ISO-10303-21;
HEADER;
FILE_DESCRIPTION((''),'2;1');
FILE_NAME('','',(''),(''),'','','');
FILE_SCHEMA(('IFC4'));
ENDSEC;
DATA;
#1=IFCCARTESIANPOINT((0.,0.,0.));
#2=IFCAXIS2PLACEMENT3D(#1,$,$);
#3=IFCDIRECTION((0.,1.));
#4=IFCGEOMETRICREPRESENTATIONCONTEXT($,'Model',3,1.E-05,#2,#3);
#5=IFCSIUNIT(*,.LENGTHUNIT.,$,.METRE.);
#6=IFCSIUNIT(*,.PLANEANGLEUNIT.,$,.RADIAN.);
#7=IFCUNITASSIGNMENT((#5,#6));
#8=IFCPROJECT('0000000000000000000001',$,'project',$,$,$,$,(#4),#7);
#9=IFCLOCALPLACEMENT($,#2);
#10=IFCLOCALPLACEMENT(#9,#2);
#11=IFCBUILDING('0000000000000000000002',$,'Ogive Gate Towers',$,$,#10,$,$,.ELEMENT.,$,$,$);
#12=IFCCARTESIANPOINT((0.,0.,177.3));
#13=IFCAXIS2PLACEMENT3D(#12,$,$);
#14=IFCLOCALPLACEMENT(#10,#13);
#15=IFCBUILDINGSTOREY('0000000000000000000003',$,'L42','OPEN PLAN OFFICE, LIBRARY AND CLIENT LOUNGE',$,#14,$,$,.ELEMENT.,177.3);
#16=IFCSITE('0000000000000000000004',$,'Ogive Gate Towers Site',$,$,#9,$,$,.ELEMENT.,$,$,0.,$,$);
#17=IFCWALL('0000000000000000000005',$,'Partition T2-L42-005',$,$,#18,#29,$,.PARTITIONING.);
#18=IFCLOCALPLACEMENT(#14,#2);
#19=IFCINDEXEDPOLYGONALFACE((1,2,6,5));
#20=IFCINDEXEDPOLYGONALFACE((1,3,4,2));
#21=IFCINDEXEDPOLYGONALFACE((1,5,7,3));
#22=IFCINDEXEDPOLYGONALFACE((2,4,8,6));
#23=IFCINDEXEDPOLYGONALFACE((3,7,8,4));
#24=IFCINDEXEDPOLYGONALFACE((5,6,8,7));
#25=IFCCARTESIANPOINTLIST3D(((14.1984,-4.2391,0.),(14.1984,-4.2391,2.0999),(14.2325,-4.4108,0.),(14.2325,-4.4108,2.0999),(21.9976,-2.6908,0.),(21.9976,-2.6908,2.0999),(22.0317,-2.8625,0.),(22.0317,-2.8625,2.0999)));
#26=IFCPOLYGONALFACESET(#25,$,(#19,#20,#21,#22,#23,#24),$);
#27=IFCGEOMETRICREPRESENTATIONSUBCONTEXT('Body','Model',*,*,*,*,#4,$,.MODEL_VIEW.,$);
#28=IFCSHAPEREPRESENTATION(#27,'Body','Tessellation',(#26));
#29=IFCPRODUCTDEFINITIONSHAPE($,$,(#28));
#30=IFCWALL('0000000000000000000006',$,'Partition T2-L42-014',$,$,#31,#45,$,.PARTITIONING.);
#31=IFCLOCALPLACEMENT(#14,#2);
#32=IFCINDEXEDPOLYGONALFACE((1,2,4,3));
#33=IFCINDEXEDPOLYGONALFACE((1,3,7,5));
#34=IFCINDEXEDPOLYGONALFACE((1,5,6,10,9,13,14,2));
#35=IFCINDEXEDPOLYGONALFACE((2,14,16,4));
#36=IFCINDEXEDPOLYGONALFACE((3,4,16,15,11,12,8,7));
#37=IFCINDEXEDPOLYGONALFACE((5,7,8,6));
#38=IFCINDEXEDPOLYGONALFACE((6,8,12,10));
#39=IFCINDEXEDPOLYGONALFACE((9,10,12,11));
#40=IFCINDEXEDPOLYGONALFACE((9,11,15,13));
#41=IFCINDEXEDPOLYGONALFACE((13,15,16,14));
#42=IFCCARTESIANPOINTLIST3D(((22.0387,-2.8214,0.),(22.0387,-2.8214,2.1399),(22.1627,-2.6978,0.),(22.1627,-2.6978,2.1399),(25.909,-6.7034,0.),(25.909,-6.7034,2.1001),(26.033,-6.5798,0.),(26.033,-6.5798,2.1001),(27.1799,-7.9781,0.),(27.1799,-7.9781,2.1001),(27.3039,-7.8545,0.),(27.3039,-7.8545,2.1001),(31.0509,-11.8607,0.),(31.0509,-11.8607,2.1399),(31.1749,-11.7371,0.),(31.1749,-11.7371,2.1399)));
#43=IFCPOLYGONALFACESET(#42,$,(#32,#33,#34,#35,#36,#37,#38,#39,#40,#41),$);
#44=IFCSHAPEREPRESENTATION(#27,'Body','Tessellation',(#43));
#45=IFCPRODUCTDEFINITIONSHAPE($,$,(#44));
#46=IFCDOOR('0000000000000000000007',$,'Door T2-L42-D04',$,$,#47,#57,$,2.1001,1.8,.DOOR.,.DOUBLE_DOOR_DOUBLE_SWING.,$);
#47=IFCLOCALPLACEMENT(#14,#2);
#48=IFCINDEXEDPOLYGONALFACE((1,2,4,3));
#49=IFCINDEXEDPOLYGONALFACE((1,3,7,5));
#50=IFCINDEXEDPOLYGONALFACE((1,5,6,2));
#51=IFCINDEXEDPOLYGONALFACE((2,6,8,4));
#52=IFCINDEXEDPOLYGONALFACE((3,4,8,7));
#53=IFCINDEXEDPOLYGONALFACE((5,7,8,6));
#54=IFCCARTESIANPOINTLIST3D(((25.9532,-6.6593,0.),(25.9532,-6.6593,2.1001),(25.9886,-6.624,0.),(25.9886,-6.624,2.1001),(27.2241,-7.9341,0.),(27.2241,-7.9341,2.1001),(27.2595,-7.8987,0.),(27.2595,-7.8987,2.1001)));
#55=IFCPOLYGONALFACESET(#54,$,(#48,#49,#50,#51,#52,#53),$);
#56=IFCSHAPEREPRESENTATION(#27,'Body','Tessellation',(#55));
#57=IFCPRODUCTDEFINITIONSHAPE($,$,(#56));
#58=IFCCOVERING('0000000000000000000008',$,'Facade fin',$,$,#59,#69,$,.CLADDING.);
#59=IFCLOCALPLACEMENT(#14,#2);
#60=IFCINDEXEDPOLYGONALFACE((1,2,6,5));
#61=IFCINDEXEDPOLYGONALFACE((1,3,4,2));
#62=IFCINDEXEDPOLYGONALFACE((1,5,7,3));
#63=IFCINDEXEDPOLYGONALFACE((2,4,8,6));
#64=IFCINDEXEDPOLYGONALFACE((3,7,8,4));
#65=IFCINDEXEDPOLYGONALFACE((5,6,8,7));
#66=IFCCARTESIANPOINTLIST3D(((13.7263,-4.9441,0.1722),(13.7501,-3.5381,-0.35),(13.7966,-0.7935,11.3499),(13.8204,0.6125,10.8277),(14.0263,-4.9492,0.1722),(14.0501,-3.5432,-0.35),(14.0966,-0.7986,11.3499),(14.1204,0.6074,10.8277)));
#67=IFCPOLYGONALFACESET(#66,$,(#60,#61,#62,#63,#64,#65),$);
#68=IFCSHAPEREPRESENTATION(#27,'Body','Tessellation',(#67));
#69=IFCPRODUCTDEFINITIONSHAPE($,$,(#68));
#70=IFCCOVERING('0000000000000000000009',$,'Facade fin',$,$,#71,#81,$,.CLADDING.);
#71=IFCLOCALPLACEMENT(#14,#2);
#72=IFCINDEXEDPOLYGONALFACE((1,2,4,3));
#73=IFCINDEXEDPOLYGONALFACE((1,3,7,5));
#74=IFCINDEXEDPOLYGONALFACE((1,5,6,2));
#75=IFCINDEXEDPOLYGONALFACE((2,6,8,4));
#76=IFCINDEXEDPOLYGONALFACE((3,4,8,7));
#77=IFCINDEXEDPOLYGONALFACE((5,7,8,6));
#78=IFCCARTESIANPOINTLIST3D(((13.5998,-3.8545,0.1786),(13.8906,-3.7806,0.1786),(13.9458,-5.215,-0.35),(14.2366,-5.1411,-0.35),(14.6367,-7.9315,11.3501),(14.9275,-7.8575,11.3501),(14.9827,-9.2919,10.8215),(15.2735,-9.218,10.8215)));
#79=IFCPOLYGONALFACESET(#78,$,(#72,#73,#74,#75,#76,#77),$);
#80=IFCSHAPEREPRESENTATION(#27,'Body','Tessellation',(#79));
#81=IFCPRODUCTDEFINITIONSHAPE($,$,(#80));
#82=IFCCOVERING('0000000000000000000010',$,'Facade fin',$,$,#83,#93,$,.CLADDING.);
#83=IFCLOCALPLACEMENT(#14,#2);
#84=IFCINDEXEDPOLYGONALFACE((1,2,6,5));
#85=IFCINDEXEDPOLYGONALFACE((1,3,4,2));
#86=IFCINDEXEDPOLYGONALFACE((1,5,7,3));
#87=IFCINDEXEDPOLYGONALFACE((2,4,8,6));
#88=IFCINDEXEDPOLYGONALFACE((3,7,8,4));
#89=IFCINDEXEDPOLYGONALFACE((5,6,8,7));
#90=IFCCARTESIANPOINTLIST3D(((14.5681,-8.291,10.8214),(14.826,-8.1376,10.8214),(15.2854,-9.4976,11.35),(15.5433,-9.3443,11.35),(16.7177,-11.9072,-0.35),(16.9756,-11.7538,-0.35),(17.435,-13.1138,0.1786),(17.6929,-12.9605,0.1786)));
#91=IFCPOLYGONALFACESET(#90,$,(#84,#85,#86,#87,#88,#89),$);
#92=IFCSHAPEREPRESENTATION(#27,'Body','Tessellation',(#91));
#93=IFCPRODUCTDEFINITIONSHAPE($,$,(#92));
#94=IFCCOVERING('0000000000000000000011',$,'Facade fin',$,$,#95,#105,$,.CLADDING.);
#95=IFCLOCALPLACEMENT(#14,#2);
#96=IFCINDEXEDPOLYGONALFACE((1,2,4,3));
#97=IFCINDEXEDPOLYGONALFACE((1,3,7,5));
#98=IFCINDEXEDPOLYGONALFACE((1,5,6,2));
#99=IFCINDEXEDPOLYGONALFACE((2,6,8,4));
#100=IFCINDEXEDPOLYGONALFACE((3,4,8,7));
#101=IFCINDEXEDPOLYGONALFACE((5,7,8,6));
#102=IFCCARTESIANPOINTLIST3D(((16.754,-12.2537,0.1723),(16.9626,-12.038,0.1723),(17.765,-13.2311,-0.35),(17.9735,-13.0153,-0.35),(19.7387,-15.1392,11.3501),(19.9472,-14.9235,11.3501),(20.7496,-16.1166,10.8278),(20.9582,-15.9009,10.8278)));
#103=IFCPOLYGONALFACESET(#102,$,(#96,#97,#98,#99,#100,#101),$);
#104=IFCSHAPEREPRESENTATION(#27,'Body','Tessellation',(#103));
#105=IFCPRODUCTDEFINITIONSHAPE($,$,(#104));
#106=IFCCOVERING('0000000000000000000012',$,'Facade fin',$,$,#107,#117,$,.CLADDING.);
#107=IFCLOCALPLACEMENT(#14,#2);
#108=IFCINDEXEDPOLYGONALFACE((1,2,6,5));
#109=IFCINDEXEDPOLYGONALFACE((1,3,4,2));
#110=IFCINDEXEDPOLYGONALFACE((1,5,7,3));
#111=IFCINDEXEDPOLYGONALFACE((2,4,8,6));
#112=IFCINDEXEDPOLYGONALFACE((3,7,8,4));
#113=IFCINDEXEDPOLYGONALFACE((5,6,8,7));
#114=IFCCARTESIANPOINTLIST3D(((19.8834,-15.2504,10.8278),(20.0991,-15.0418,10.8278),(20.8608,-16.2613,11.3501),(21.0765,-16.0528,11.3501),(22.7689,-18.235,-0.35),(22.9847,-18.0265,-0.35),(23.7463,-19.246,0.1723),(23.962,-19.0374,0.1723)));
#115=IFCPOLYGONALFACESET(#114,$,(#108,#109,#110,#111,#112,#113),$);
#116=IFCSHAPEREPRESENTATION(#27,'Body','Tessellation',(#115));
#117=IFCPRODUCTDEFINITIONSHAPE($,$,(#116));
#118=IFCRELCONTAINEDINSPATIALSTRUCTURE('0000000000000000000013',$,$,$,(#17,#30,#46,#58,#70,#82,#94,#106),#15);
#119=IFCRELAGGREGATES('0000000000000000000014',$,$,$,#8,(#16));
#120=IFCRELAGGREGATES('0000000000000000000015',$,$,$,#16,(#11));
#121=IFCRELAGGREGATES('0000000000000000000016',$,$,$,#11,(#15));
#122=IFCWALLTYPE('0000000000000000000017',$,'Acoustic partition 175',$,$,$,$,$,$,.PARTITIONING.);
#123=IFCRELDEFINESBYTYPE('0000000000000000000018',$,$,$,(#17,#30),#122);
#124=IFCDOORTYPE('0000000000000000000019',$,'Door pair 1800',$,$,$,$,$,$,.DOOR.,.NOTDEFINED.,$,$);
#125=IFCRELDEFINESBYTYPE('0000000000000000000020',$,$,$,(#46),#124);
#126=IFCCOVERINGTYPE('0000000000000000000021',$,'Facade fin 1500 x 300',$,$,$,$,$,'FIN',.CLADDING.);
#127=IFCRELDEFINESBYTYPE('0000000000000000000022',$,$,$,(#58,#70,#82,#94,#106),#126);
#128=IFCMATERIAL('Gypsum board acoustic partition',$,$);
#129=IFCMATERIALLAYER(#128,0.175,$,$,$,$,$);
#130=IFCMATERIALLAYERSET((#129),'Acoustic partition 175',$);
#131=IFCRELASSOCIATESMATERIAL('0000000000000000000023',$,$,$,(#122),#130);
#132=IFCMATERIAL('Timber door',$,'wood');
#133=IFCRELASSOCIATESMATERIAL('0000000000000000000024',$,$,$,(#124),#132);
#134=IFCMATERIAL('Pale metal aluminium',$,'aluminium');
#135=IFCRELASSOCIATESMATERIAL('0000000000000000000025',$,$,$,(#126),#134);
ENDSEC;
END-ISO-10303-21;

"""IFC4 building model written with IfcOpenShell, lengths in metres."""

from ifc_helpers import new_model, si_unit, direction, frame, frame_2d, origin, origin_2d, place, context, subcontext, project, spatial, rectangle, extrude, material, layer, layer_set, material_profile, profile_set, type_object, element, fill, save


model = new_model("IFC4")

# Units and contexts
model_context = context("Model", 3, precision=1e-05, world=origin(), true_north=direction((0.0, 1.0)))
body_context = subcontext(model_context, "Body", "Model", "MODEL_VIEW")
ifc_project = project(units=[si_unit("LENGTHUNIT", "METRE"), si_unit("PLANEANGLEUNIT", "RADIAN")], contexts=[model_context])

# Site, building, storey
site_placement = place(None, origin())
site = spatial("IfcSite", under=ifc_project, at=site_placement, Name="Ogive Gate Towers Site", CompositionType="ELEMENT", RefElevation=0.0)
building_placement = place(site_placement, origin())
building = spatial("IfcBuilding", under=site, at=building_placement, Name="Ogive Gate Towers", CompositionType="ELEMENT")
storey_placement = place(building_placement, frame((0.0, 0.0, 177.3)))
storey = spatial("IfcBuildingStorey", under=building, at=storey_placement, Name="L42", Description="OPEN PLAN OFFICE, LIBRARY AND CLIENT LOUNGE", CompositionType="ELEMENT", Elevation=177.3)

# Shared definitions
ifc_material_1 = material(Name="Pale metal aluminium", Category="aluminium")

# Wall
ifc_material_2 = material(Name="Gypsum board acoustic partition")
ifc_layer_1 = layer(ifc_material_2, 0.175)
ifc_layer_set_1 = layer_set([ifc_layer_1], Name="Acoustic partition 175")
wall_type = type_object("IfcWallType", Name="Acoustic partition 175", PredefinedType="PARTITIONING", material=ifc_layer_set_1)
wall_1_placement = place(storey_placement, frame((14.2156, -4.325, 0.0), z_axis=(0.0, 0.0, 1.0), x_axis=(0.980858, 0.194722, 0.0)))
element("IfcWall", 1, at=wall_1_placement, inside=storey, type_object=wall_type, Name="Partition T2-L42-005", PredefinedType="PARTITIONING", context=body_context, shape_type="SweptSolid", body=[
    extrude(rectangle(XDim=7.9514, YDim=0.175, at=frame_2d((3.9756, 0.0))), origin(), (0.0, 0.0, 1.0), 2.0999),
])

# Wall, opening, door
wall_2_placement = place(storey_placement, frame((22.1006, -2.7595, 0.0), z_axis=(0.0, 0.0, 1.0), x_axis=(0.706044, -0.708168, 0.0)))
wall_2 = element("IfcWall", 2, at=wall_2_placement, inside=storey, type_object=wall_type, Name="Partition T2-L42-014", PredefinedType="PARTITIONING", context=body_context, shape_type="SweptSolid", body=[
    extrude(rectangle(XDim=12.7644, YDim=0.175, at=frame_2d((6.3823, 0.0))), origin(), (0.0, 0.0, 1.0), 2.1399),
])
opening_placement = place(wall_2_placement, frame((5.4819, 0.0, 0.0)))
opening = element("IfcOpeningElement", 3, at=opening_placement, cuts=wall_2, PredefinedType="OPENING", context=body_context, shape_type="SweptSolid", body=[
    extrude(rectangle(XDim=1.8, YDim=2.1001, at=frame_2d((0.8999, 1.05))), frame((0.0, 0.0977, 0.0), z_axis=(0.0, -1.0, 0.0), x_axis=(1.0, 0.0, 0.0)), (0.0, 0.0, 1.0), 0.1951),
])
ifc_material_3 = material(Name="Timber door", Category="wood")
door_type = type_object("IfcDoorType", Name="Door pair 1800", OperationType="NOTDEFINED", PredefinedType="DOOR", material=ifc_material_3)
door_placement = place(opening_placement, origin())
door = element("IfcDoor", 4, at=door_placement, inside=storey, type_object=door_type, Name="Door T2-L42-D04", OperationType="DOUBLE_DOOR_DOUBLE_SWING", OverallHeight=2.1001, OverallWidth=1.8, PredefinedType="DOOR", context=body_context, shape_type="SweptSolid", body=[
    extrude(rectangle(XDim=1.8, YDim=2.1001, at=frame_2d((0.8999, 1.05))), frame((0.0, 0.0249, 0.0), z_axis=(0.0, -1.0, 0.0), x_axis=(1.0, 0.0, 0.0)), (0.0, 0.0, 1.0), 0.05),
])
fill(opening, door)

# Coverings
ifc_material_profile_1 = material_profile(ifc_material_1, rectangle(XDim=0.3, YDim=1.5, at=origin_2d()), Name="1500 x 300 pale metal aluminium")
ifc_profile_set_1 = profile_set([ifc_material_profile_1], Name="Pale metal aluminium")
covering_type = type_object("IfcCoveringType", Name="Facade fin 1500 x 300", ElementType="FIN", PredefinedType="CLADDING", material=ifc_profile_set_1)
covering_placement = place(storey_placement, frame((13.8882, -4.2437, -0.0889), z_axis=(0.005897, 0.3481, 0.937439), x_axis=(-0.999857, 0.016938, 0.0)))
element("IfcCovering", 5, at=covering_placement, inside=storey, type_object=covering_type, Name="Facade fin", PredefinedType="CLADDING", context=body_context, shape_type="SweptSolid", body=[
    extrude(rectangle(XDim=0.3, YDim=1.5, at=origin_2d()), origin(), (0.0, 0.0, 1.0), 11.9236),
])
for number, where, z_axis, x_axis, name in (
    (6, (13.9182, -4.4978, -0.0857), (0.08686, -0.34153, 0.935849), (0.969148, 0.24648, 0.0), "Facade fin"),
    (7, (17.2053, -12.4338, -0.0857), (-0.18008, 0.302935, 0.935843), (-0.85959, -0.510984, 0.0), "Facade fin"),
):
    element("IfcCovering", number, at=place(storey_placement, frame(where, z_axis=z_axis, x_axis=x_axis)), inside=storey, type_object=covering_type, Name=name, PredefinedType="CLADDING", context=body_context, shape_type="SweptSolid", body=[
        extrude(rectangle(XDim=0.3, YDim=1.5, at=origin_2d()), origin(), (0.0, 0.0, 1.0), 11.9373),
    ])
for number, where, z_axis, x_axis, name in (
    (8, (17.3638, -12.6345, -0.0889), (0.250309, -0.241996, 0.937435), (0.695068, 0.718944, 0.0), "Facade fin"),
    (9, (23.3655, -18.6362, -0.0889), (-0.241996, 0.250309, 0.937435), (-0.718944, -0.695068, 0.0), "Facade fin"),
):
    element("IfcCovering", number, at=place(storey_placement, frame(where, z_axis=z_axis, x_axis=x_axis)), inside=storey, type_object=covering_type, Name=name, PredefinedType="CLADDING", context=body_context, shape_type="SweptSolid", body=[
        extrude(rectangle(XDim=0.3, YDim=1.5, at=origin_2d()), origin(), (0.0, 0.0, 1.0), 11.9238),
    ])

save(model, "model.ifc")
